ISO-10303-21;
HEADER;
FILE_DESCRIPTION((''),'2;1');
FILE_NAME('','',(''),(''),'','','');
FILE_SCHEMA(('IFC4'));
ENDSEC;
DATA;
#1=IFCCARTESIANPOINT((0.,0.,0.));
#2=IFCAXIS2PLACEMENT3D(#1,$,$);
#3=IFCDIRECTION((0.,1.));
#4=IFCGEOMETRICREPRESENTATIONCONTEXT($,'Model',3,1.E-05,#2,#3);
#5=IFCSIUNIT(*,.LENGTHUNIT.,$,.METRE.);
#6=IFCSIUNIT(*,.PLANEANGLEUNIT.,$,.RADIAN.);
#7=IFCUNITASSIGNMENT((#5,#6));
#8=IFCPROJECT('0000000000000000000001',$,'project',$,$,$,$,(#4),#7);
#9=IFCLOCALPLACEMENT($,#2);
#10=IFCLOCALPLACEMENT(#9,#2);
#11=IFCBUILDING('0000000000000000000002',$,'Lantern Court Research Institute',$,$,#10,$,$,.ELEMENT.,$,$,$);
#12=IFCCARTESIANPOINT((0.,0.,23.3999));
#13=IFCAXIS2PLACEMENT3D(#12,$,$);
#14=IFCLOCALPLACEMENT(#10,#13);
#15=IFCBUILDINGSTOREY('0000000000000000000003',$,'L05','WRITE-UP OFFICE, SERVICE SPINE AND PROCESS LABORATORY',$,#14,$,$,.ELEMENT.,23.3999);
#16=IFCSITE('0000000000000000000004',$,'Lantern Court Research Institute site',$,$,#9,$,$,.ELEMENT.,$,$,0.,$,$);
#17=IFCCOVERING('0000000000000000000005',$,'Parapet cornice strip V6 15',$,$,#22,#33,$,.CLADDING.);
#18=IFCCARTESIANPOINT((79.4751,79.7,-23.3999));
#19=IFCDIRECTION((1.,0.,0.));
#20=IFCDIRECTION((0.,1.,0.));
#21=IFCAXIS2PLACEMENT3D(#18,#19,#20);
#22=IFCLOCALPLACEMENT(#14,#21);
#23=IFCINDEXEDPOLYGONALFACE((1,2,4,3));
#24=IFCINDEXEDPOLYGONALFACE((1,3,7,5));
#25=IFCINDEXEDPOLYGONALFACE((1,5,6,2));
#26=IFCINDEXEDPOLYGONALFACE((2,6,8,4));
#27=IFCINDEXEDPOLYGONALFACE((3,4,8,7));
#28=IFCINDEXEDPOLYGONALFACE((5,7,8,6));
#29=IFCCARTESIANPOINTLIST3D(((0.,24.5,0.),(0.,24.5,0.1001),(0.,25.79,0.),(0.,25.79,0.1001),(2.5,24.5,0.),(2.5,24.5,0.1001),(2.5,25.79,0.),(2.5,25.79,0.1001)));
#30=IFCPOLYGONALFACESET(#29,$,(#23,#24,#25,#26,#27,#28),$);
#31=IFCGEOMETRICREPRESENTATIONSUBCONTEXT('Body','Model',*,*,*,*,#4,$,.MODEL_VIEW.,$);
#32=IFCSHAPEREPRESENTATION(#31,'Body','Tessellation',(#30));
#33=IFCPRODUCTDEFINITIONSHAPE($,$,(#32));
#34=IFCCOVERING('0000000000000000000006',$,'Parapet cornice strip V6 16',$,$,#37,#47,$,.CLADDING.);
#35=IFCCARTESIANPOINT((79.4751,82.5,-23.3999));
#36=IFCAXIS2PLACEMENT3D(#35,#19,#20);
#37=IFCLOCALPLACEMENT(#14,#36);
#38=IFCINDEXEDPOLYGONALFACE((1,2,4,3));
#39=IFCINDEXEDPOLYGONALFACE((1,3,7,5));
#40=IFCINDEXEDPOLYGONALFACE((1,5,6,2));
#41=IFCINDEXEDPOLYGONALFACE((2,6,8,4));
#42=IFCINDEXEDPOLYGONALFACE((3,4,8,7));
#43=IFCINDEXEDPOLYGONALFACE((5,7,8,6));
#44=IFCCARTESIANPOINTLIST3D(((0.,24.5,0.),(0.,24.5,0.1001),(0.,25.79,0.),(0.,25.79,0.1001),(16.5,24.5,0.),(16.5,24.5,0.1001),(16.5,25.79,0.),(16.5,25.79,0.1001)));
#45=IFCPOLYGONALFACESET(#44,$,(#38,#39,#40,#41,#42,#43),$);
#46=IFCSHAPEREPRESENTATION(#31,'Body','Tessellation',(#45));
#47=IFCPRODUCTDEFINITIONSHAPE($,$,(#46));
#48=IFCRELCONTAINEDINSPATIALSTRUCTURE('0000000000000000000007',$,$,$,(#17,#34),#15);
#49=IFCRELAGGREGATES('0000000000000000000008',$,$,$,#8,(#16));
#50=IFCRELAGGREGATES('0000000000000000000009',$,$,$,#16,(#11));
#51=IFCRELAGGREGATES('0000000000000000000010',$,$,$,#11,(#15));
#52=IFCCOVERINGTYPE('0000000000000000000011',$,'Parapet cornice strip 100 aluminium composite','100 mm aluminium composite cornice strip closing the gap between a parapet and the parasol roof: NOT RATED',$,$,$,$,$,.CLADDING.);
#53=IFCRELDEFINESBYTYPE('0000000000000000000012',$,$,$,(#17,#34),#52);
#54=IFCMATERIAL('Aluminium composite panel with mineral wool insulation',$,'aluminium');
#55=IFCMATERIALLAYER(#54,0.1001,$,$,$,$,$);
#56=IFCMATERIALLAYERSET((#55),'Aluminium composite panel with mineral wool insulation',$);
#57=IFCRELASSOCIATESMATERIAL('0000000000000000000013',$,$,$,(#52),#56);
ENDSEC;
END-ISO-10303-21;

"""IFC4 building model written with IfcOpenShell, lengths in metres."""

from ifc_helpers import new_model, si_unit, direction, frame, origin, place, context, subcontext, project, spatial, polyline, outline, extrude, material, layer, layer_set, type_object, element, save


model = new_model("IFC4")

# Units and contexts
model_context = context("Model", 3, precision=1e-05, world=origin(), true_north=direction((0.0, 1.0)))
body_context = subcontext(model_context, "Body", "Model", "MODEL_VIEW")
ifc_project = project(units=[si_unit("LENGTHUNIT", "METRE"), si_unit("PLANEANGLEUNIT", "RADIAN")], contexts=[model_context])

# Site, building, storey
site_placement = place(None, origin())
site = spatial("IfcSite", under=ifc_project, at=site_placement, Name="Lantern Court Research Institute site", CompositionType="ELEMENT", RefElevation=0.0)
building_placement = place(site_placement, origin())
building = spatial("IfcBuilding", under=site, at=building_placement, Name="Lantern Court Research Institute", CompositionType="ELEMENT")
storey_placement = place(building_placement, frame((0.0, 0.0, 23.3999)))
storey = spatial("IfcBuildingStorey", under=building, at=storey_placement, Name="L05", Description="WRITE-UP OFFICE, SERVICE SPINE AND PROCESS LABORATORY", CompositionType="ELEMENT", Elevation=23.3999)

# Coverings
ifc_material_1 = material(Name="Aluminium composite panel with mineral wool insulation", Category="aluminium")
ifc_layer_1 = layer(ifc_material_1, 0.1001)
ifc_layer_set_1 = layer_set([ifc_layer_1], Name="Aluminium composite panel with mineral wool insulation")
covering_type_1 = type_object("IfcCoveringType", Name="Parapet cornice strip 100 aluminium composite", Description="100 mm aluminium composite cornice strip closing the gap between a parapet and the parasol roof: NOT RATED", PredefinedType="CLADDING", material=ifc_layer_set_1)
covering_1_placement = place(storey_placement, frame((79.4751, 79.7, -23.3999), z_axis=(1.0, 0.0, 0.0), x_axis=(0.0, 1.0, 0.0)))
element("IfcCovering", 1, at=covering_1_placement, inside=storey, type_object=covering_type_1, Name="Parapet cornice strip V6 15", PredefinedType="CLADDING", context=body_context, shape_type="SweptSolid", body=[
    extrude(outline(polyline([(0.0, 24.5), (2.5, 24.5), (2.5, 25.79), (0.0, 25.79), (0.0, 24.5)])), origin(), (0.0, 0.0, 1.0), 0.1001),
])
covering_2_placement = place(storey_placement, frame((79.4751, 82.5, -23.3999), z_axis=(1.0, 0.0, 0.0), x_axis=(0.0, 1.0, 0.0)))
element("IfcCovering", 2, at=covering_2_placement, inside=storey, type_object=covering_type_1, Name="Parapet cornice strip V6 16", PredefinedType="CLADDING", context=body_context, shape_type="SweptSolid", body=[
    extrude(outline(polyline([(0.0, 24.5), (16.5, 24.5), (16.5, 25.79), (0.0, 25.79), (0.0, 24.5)])), origin(), (0.0, 0.0, 1.0), 0.1001),
])

save(model, "model.ifc")
